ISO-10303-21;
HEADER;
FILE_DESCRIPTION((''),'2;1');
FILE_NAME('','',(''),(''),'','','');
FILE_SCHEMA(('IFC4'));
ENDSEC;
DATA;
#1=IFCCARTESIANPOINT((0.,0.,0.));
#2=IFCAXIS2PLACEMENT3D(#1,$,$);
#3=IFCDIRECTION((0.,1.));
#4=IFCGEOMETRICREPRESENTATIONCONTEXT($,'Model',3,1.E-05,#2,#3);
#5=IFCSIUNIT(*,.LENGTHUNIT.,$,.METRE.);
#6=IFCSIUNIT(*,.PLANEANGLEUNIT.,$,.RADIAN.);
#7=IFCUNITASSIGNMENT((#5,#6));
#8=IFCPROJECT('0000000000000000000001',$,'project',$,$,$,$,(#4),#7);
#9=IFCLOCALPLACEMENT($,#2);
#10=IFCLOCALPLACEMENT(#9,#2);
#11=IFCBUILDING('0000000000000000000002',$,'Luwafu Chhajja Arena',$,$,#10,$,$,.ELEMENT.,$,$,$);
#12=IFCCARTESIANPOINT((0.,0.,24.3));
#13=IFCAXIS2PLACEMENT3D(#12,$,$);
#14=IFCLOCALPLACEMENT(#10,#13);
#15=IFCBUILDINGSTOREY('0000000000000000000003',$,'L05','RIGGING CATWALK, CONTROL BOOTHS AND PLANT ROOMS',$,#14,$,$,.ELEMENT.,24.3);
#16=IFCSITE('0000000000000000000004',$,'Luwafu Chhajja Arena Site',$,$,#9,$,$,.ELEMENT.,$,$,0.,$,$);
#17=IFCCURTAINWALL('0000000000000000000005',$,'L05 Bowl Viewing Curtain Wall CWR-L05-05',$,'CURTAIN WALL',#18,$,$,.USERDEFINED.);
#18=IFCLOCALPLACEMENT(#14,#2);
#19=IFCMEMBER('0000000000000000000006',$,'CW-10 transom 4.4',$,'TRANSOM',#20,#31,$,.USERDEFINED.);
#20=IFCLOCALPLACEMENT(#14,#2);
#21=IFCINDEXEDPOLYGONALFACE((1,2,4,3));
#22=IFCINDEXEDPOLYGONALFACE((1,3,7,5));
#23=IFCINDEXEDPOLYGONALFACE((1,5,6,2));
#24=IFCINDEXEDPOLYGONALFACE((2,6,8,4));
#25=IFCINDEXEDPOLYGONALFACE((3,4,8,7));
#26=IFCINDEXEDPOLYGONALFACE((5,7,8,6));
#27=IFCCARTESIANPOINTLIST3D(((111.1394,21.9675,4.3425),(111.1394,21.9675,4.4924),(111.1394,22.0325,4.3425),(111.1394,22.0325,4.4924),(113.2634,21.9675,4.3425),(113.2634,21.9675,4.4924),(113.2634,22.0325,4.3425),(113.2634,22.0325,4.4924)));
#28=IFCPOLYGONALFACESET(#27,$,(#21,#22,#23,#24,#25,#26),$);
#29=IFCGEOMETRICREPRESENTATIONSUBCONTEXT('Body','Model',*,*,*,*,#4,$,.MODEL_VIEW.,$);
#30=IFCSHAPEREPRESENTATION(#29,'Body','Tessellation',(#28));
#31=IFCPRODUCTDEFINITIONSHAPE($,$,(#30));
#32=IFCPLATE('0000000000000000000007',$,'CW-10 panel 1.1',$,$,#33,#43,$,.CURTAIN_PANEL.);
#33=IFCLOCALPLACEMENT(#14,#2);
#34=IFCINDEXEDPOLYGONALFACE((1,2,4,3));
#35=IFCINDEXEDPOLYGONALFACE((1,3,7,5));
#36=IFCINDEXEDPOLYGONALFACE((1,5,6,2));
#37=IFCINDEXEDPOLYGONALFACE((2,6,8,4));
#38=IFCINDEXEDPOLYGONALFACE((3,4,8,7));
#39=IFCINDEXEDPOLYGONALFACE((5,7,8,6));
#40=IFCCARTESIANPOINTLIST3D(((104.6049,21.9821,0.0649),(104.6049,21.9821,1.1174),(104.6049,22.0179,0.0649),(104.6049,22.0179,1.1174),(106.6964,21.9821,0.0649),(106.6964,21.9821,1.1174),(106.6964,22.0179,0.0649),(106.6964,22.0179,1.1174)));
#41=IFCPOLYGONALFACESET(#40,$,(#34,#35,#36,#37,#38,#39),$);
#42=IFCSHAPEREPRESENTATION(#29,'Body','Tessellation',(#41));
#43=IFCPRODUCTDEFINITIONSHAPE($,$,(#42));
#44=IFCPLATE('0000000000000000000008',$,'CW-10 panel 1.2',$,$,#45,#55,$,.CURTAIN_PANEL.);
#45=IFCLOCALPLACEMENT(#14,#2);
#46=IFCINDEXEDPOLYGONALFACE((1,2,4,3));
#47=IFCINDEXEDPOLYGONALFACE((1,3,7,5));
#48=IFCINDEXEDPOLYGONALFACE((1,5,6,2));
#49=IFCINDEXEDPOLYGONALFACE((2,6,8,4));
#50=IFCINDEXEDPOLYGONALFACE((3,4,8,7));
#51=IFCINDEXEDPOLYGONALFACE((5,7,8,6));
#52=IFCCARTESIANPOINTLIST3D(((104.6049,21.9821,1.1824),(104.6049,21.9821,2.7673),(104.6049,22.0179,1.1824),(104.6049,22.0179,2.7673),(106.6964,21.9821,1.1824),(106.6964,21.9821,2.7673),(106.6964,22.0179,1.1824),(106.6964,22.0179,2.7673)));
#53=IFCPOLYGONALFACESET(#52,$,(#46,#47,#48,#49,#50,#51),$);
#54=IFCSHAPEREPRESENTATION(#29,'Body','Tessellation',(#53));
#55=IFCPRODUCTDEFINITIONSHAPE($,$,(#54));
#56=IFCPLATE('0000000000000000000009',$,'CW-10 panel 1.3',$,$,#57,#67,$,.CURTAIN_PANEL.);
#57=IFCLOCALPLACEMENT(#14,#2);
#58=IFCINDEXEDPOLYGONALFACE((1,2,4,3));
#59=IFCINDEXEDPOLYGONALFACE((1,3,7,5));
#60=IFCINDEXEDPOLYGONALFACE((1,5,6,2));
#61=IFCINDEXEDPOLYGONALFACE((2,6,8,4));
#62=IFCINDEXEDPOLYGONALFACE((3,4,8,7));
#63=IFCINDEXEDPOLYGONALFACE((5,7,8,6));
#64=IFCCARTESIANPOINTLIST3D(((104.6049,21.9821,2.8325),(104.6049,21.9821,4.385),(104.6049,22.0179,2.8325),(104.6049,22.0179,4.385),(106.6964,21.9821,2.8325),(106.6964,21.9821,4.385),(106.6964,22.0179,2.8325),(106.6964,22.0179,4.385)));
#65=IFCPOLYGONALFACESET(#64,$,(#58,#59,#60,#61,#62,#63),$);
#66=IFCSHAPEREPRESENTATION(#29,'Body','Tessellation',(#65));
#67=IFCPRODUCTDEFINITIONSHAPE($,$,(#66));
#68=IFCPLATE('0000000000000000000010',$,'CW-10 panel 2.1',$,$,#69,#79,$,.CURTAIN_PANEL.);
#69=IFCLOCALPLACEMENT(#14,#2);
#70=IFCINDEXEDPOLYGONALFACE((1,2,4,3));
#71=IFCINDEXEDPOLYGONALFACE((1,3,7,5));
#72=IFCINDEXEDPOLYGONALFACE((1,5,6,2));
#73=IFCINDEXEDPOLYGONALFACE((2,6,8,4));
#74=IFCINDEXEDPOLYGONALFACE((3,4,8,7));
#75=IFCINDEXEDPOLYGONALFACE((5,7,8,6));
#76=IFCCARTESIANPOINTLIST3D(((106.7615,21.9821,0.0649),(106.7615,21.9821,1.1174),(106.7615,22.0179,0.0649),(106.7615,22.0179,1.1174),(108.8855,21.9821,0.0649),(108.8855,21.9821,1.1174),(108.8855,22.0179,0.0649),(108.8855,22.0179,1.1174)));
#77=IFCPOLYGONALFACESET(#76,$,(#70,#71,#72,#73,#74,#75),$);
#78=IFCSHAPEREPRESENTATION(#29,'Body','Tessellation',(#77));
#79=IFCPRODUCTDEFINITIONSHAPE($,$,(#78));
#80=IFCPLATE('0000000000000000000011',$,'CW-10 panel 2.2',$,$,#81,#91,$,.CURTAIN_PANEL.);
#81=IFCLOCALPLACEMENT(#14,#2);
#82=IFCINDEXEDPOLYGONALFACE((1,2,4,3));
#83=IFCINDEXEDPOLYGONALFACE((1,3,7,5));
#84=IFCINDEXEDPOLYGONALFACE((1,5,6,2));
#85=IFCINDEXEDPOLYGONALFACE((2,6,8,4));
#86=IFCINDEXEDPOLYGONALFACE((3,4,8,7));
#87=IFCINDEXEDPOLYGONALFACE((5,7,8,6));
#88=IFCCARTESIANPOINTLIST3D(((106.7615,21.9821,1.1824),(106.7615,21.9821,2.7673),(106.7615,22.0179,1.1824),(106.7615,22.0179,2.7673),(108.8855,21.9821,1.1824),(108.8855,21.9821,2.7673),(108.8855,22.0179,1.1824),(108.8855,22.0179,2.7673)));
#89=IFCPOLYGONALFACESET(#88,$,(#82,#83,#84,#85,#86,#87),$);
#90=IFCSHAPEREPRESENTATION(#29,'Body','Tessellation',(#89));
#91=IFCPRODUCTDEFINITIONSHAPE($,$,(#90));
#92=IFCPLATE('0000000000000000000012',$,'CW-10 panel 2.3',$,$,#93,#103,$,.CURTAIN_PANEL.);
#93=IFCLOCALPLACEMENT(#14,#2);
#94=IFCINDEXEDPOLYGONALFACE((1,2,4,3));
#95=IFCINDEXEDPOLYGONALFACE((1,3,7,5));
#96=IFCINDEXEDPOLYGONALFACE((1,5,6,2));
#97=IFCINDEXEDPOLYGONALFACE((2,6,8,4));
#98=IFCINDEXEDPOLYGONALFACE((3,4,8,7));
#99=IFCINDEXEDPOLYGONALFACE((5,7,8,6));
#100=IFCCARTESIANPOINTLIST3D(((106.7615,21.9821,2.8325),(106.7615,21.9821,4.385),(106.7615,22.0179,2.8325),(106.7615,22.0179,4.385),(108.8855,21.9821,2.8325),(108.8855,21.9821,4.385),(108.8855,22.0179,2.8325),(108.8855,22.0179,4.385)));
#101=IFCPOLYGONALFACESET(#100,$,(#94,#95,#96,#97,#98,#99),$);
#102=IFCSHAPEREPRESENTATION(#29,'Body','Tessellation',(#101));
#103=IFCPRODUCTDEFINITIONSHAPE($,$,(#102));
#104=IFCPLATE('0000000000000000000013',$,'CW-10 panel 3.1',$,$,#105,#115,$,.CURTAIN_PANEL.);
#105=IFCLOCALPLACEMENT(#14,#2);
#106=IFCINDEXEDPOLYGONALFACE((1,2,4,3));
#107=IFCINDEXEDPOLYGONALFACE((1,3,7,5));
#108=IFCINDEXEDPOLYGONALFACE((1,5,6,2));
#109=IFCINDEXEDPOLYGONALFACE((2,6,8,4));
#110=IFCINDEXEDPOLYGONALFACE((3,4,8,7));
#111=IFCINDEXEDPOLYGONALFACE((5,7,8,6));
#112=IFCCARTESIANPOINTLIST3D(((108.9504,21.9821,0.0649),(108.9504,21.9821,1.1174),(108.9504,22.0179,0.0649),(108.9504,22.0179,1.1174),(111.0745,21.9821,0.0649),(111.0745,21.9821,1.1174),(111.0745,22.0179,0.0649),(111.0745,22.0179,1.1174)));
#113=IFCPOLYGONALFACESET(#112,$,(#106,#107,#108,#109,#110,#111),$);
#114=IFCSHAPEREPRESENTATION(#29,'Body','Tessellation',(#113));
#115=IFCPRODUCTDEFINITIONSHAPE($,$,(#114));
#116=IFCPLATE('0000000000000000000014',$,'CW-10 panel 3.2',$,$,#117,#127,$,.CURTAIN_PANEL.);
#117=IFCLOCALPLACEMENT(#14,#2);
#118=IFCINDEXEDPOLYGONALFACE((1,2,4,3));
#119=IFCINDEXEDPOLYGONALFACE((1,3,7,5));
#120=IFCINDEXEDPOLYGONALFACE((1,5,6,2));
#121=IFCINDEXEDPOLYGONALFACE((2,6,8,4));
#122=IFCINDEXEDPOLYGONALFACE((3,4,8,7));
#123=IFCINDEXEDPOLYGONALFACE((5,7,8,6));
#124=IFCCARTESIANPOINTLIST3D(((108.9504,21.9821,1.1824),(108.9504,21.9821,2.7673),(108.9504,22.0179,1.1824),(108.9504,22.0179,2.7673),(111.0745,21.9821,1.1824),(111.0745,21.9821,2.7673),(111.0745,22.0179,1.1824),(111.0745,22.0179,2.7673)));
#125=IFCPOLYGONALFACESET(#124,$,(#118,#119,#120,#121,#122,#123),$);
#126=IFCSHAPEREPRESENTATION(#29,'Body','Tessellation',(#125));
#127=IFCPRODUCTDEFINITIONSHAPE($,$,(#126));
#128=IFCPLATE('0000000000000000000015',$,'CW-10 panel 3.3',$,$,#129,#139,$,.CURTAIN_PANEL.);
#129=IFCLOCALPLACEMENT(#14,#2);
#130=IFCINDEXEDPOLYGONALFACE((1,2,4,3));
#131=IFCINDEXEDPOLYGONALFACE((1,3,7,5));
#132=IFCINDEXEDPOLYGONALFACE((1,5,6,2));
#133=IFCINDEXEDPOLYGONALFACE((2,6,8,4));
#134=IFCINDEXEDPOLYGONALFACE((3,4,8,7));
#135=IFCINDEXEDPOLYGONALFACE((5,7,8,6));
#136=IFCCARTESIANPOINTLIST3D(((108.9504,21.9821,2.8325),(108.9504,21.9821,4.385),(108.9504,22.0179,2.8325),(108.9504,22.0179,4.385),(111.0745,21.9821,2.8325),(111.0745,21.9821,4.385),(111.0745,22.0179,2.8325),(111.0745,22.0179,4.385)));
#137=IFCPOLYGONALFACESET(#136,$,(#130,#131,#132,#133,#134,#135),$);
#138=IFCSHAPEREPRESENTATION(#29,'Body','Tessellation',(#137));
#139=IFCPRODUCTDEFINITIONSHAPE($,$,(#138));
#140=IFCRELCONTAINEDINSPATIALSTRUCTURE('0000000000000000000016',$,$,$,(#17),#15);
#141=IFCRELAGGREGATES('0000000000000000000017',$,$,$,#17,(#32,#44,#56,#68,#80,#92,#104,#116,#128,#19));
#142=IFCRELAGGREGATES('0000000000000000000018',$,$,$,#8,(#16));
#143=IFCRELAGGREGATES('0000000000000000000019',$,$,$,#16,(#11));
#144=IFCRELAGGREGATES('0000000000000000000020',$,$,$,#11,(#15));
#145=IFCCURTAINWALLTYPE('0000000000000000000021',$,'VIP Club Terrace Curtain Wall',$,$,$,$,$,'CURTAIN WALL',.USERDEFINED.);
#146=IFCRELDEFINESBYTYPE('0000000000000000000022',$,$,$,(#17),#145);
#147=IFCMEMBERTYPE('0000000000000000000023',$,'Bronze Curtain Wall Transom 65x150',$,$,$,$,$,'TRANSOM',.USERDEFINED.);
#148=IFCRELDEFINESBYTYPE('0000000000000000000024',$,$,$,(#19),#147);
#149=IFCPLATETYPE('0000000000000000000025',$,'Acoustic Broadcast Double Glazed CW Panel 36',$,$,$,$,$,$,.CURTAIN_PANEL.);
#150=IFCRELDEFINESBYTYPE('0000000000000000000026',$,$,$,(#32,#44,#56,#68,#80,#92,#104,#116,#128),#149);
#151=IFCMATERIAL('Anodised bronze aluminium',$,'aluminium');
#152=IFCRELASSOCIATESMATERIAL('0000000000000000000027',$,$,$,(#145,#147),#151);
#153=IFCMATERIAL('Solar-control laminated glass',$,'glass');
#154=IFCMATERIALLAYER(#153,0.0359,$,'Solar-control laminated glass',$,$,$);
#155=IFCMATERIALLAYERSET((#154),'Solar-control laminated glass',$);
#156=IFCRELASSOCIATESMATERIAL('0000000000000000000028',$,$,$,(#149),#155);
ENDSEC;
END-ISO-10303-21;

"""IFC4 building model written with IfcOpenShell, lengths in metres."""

from ifc_helpers import new_model, si_unit, direction, frame, origin, origin_2d, place, context, subcontext, project, spatial, rectangle, extrude, material, layer, layer_set, material_profile, profile_set, type_object, element, aggregate, save


model = new_model("IFC4")

# Units and contexts
model_context = context("Model", 3, precision=1e-05, world=origin(), true_north=direction((0.0, 1.0)))
body_context = subcontext(model_context, "Body", "Model", "MODEL_VIEW")
ifc_project = project(units=[si_unit("LENGTHUNIT", "METRE"), si_unit("PLANEANGLEUNIT", "RADIAN")], contexts=[model_context])

# Site, building, storey
site_placement = place(None, origin())
site = spatial("IfcSite", under=ifc_project, at=site_placement, Name="Luwafu Chhajja Arena Site", CompositionType="ELEMENT", RefElevation=0.0)
building_placement = place(site_placement, origin())
building = spatial("IfcBuilding", under=site, at=building_placement, Name="Luwafu Chhajja Arena", CompositionType="ELEMENT")
storey_placement = place(building_placement, frame((0.0, 0.0, 24.3)))
storey = spatial("IfcBuildingStorey", under=building, at=storey_placement, Name="L05", Description="RIGGING CATWALK, CONTROL BOOTHS AND PLANT ROOMS", CompositionType="ELEMENT", Elevation=24.3)

# Curtain wall, member, plates
ifc_material_1 = material(Name="Anodised bronze aluminium", Category="aluminium")
curtain_wall_type = type_object("IfcCurtainWallType", Name="VIP Club Terrace Curtain Wall", ElementType="CURTAIN WALL", PredefinedType="USERDEFINED", material=ifc_material_1)
curtain_wall_placement = place(storey_placement, origin())
curtain_wall = element("IfcCurtainWall", 1, at=curtain_wall_placement, inside=storey, type_object=curtain_wall_type, Name="L05 Bowl Viewing Curtain Wall CWR-L05-05", ObjectType="CURTAIN WALL", PredefinedType="USERDEFINED")
ifc_material_profile_1 = material_profile(ifc_material_1, rectangle(XDim=0.0649, YDim=0.1499, at=origin_2d()), Name="CWT 65x150")
ifc_profile_set_1 = profile_set([ifc_material_profile_1], Name="Anodised bronze aluminium")
member_type_1 = type_object("IfcMemberType", Name="Bronze Curtain Wall Transom 65x150", ElementType="TRANSOM", PredefinedType="USERDEFINED", material=ifc_profile_set_1)
member_1_placement = place(storey_placement, frame((111.1394, 22.0, 4.4175), z_axis=(1.0, 0.0, 0.0), x_axis=(0.0, 1.0, 0.0)))
member_1 = element("IfcMember", 2, at=member_1_placement, type_object=member_type_1, Name="CW-10 transom 4.4", ObjectType="TRANSOM", PredefinedType="USERDEFINED", context=body_context, shape_type="SweptSolid", body=[
    extrude(rectangle(XDim=0.0649, YDim=0.1499, at=origin_2d()), origin(), (0.0, 0.0, 1.0), 2.124),
])
ifc_material_2 = material(Name="Solar-control laminated glass", Category="glass")
ifc_layer = layer(ifc_material_2, 0.0359, Name="Solar-control laminated glass")
ifc_layer_set = layer_set([ifc_layer], Name="Solar-control laminated glass")
plate_type = type_object("IfcPlateType", Name="Acoustic Broadcast Double Glazed CW Panel 36", PredefinedType="CURTAIN_PANEL", material=ifc_layer_set)
plate_1_placement = place(storey_placement, frame((105.6506, 22.0, 0.0649), z_axis=(0.0, 0.0, 1.0), x_axis=(1.0, 0.0, 0.0)))
plate_1 = element("IfcPlate", 3, at=plate_1_placement, type_object=plate_type, Name="CW-10 panel 1.1", PredefinedType="CURTAIN_PANEL", context=body_context, shape_type="SweptSolid", body=[
    extrude(rectangle(XDim=2.0916, YDim=0.0359, at=origin_2d()), origin(), (0.0, 0.0, 1.0), 1.0525),
])
plate_2_placement = place(storey_placement, frame((105.6506, 22.0, 1.1824), z_axis=(0.0, 0.0, 1.0), x_axis=(1.0, 0.0, 0.0)))
plate_2 = element("IfcPlate", 4, at=plate_2_placement, type_object=plate_type, Name="CW-10 panel 1.2", PredefinedType="CURTAIN_PANEL", context=body_context, shape_type="SweptSolid", body=[
    extrude(rectangle(XDim=2.0916, YDim=0.0359, at=origin_2d()), origin(), (0.0, 0.0, 1.0), 1.585),
])
plate_3_placement = place(storey_placement, frame((105.6506, 22.0, 2.8325), z_axis=(0.0, 0.0, 1.0), x_axis=(1.0, 0.0, 0.0)))
plate_3 = element("IfcPlate", 5, at=plate_3_placement, type_object=plate_type, Name="CW-10 panel 1.3", PredefinedType="CURTAIN_PANEL", context=body_context, shape_type="SweptSolid", body=[
    extrude(rectangle(XDim=2.0916, YDim=0.0359, at=origin_2d()), origin(), (0.0, 0.0, 1.0), 1.5525),
])
plate_4_placement = place(storey_placement, frame((107.8235, 22.0, 0.0649), z_axis=(0.0, 0.0, 1.0), x_axis=(1.0, 0.0, 0.0)))
plate_4 = element("IfcPlate", 6, at=plate_4_placement, type_object=plate_type, Name="CW-10 panel 2.1", PredefinedType="CURTAIN_PANEL", context=body_context, shape_type="SweptSolid", body=[
    extrude(rectangle(XDim=2.124, YDim=0.0359, at=origin_2d()), origin(), (0.0, 0.0, 1.0), 1.0525),
])
plate_5_placement = place(storey_placement, frame((107.8235, 22.0, 1.1824), z_axis=(0.0, 0.0, 1.0), x_axis=(1.0, 0.0, 0.0)))
plate_5 = element("IfcPlate", 7, at=plate_5_placement, type_object=plate_type, Name="CW-10 panel 2.2", PredefinedType="CURTAIN_PANEL", context=body_context, shape_type="SweptSolid", body=[
    extrude(rectangle(XDim=2.124, YDim=0.0359, at=origin_2d()), origin(), (0.0, 0.0, 1.0), 1.585),
])
plate_6_placement = place(storey_placement, frame((107.8235, 22.0, 2.8325), z_axis=(0.0, 0.0, 1.0), x_axis=(1.0, 0.0, 0.0)))
plate_6 = element("IfcPlate", 8, at=plate_6_placement, type_object=plate_type, Name="CW-10 panel 2.3", PredefinedType="CURTAIN_PANEL", context=body_context, shape_type="SweptSolid", body=[
    extrude(rectangle(XDim=2.124, YDim=0.0359, at=origin_2d()), origin(), (0.0, 0.0, 1.0), 1.5525),
])
plate_7_placement = place(storey_placement, frame((110.0125, 22.0, 0.0649), z_axis=(0.0, 0.0, 1.0), x_axis=(1.0, 0.0, 0.0)))
plate_7 = element("IfcPlate", 9, at=plate_7_placement, type_object=plate_type, Name="CW-10 panel 3.1", PredefinedType="CURTAIN_PANEL", context=body_context, shape_type="SweptSolid", body=[
    extrude(rectangle(XDim=2.124, YDim=0.0359, at=origin_2d()), origin(), (0.0, 0.0, 1.0), 1.0525),
])
plate_8_placement = place(storey_placement, frame((110.0125, 22.0, 1.1824), z_axis=(0.0, 0.0, 1.0), x_axis=(1.0, 0.0, 0.0)))
plate_8 = element("IfcPlate", 10, at=plate_8_placement, type_object=plate_type, Name="CW-10 panel 3.2", PredefinedType="CURTAIN_PANEL", context=body_context, shape_type="SweptSolid", body=[
    extrude(rectangle(XDim=2.124, YDim=0.0359, at=origin_2d()), origin(), (0.0, 0.0, 1.0), 1.585),
])
plate_9_placement = place(storey_placement, frame((110.0125, 22.0, 2.8325), z_axis=(0.0, 0.0, 1.0), x_axis=(1.0, 0.0, 0.0)))
plate_9 = element("IfcPlate", 11, at=plate_9_placement, type_object=plate_type, Name="CW-10 panel 3.3", PredefinedType="CURTAIN_PANEL", context=body_context, shape_type="SweptSolid", body=[
    extrude(rectangle(XDim=2.124, YDim=0.0359, at=origin_2d()), origin(), (0.0, 0.0, 1.0), 1.5525),
])
aggregate(curtain_wall, [plate_1, plate_2, plate_3, plate_4, plate_5, plate_6, plate_7, plate_8, plate_9, member_1])

save(model, "model.ifc")
